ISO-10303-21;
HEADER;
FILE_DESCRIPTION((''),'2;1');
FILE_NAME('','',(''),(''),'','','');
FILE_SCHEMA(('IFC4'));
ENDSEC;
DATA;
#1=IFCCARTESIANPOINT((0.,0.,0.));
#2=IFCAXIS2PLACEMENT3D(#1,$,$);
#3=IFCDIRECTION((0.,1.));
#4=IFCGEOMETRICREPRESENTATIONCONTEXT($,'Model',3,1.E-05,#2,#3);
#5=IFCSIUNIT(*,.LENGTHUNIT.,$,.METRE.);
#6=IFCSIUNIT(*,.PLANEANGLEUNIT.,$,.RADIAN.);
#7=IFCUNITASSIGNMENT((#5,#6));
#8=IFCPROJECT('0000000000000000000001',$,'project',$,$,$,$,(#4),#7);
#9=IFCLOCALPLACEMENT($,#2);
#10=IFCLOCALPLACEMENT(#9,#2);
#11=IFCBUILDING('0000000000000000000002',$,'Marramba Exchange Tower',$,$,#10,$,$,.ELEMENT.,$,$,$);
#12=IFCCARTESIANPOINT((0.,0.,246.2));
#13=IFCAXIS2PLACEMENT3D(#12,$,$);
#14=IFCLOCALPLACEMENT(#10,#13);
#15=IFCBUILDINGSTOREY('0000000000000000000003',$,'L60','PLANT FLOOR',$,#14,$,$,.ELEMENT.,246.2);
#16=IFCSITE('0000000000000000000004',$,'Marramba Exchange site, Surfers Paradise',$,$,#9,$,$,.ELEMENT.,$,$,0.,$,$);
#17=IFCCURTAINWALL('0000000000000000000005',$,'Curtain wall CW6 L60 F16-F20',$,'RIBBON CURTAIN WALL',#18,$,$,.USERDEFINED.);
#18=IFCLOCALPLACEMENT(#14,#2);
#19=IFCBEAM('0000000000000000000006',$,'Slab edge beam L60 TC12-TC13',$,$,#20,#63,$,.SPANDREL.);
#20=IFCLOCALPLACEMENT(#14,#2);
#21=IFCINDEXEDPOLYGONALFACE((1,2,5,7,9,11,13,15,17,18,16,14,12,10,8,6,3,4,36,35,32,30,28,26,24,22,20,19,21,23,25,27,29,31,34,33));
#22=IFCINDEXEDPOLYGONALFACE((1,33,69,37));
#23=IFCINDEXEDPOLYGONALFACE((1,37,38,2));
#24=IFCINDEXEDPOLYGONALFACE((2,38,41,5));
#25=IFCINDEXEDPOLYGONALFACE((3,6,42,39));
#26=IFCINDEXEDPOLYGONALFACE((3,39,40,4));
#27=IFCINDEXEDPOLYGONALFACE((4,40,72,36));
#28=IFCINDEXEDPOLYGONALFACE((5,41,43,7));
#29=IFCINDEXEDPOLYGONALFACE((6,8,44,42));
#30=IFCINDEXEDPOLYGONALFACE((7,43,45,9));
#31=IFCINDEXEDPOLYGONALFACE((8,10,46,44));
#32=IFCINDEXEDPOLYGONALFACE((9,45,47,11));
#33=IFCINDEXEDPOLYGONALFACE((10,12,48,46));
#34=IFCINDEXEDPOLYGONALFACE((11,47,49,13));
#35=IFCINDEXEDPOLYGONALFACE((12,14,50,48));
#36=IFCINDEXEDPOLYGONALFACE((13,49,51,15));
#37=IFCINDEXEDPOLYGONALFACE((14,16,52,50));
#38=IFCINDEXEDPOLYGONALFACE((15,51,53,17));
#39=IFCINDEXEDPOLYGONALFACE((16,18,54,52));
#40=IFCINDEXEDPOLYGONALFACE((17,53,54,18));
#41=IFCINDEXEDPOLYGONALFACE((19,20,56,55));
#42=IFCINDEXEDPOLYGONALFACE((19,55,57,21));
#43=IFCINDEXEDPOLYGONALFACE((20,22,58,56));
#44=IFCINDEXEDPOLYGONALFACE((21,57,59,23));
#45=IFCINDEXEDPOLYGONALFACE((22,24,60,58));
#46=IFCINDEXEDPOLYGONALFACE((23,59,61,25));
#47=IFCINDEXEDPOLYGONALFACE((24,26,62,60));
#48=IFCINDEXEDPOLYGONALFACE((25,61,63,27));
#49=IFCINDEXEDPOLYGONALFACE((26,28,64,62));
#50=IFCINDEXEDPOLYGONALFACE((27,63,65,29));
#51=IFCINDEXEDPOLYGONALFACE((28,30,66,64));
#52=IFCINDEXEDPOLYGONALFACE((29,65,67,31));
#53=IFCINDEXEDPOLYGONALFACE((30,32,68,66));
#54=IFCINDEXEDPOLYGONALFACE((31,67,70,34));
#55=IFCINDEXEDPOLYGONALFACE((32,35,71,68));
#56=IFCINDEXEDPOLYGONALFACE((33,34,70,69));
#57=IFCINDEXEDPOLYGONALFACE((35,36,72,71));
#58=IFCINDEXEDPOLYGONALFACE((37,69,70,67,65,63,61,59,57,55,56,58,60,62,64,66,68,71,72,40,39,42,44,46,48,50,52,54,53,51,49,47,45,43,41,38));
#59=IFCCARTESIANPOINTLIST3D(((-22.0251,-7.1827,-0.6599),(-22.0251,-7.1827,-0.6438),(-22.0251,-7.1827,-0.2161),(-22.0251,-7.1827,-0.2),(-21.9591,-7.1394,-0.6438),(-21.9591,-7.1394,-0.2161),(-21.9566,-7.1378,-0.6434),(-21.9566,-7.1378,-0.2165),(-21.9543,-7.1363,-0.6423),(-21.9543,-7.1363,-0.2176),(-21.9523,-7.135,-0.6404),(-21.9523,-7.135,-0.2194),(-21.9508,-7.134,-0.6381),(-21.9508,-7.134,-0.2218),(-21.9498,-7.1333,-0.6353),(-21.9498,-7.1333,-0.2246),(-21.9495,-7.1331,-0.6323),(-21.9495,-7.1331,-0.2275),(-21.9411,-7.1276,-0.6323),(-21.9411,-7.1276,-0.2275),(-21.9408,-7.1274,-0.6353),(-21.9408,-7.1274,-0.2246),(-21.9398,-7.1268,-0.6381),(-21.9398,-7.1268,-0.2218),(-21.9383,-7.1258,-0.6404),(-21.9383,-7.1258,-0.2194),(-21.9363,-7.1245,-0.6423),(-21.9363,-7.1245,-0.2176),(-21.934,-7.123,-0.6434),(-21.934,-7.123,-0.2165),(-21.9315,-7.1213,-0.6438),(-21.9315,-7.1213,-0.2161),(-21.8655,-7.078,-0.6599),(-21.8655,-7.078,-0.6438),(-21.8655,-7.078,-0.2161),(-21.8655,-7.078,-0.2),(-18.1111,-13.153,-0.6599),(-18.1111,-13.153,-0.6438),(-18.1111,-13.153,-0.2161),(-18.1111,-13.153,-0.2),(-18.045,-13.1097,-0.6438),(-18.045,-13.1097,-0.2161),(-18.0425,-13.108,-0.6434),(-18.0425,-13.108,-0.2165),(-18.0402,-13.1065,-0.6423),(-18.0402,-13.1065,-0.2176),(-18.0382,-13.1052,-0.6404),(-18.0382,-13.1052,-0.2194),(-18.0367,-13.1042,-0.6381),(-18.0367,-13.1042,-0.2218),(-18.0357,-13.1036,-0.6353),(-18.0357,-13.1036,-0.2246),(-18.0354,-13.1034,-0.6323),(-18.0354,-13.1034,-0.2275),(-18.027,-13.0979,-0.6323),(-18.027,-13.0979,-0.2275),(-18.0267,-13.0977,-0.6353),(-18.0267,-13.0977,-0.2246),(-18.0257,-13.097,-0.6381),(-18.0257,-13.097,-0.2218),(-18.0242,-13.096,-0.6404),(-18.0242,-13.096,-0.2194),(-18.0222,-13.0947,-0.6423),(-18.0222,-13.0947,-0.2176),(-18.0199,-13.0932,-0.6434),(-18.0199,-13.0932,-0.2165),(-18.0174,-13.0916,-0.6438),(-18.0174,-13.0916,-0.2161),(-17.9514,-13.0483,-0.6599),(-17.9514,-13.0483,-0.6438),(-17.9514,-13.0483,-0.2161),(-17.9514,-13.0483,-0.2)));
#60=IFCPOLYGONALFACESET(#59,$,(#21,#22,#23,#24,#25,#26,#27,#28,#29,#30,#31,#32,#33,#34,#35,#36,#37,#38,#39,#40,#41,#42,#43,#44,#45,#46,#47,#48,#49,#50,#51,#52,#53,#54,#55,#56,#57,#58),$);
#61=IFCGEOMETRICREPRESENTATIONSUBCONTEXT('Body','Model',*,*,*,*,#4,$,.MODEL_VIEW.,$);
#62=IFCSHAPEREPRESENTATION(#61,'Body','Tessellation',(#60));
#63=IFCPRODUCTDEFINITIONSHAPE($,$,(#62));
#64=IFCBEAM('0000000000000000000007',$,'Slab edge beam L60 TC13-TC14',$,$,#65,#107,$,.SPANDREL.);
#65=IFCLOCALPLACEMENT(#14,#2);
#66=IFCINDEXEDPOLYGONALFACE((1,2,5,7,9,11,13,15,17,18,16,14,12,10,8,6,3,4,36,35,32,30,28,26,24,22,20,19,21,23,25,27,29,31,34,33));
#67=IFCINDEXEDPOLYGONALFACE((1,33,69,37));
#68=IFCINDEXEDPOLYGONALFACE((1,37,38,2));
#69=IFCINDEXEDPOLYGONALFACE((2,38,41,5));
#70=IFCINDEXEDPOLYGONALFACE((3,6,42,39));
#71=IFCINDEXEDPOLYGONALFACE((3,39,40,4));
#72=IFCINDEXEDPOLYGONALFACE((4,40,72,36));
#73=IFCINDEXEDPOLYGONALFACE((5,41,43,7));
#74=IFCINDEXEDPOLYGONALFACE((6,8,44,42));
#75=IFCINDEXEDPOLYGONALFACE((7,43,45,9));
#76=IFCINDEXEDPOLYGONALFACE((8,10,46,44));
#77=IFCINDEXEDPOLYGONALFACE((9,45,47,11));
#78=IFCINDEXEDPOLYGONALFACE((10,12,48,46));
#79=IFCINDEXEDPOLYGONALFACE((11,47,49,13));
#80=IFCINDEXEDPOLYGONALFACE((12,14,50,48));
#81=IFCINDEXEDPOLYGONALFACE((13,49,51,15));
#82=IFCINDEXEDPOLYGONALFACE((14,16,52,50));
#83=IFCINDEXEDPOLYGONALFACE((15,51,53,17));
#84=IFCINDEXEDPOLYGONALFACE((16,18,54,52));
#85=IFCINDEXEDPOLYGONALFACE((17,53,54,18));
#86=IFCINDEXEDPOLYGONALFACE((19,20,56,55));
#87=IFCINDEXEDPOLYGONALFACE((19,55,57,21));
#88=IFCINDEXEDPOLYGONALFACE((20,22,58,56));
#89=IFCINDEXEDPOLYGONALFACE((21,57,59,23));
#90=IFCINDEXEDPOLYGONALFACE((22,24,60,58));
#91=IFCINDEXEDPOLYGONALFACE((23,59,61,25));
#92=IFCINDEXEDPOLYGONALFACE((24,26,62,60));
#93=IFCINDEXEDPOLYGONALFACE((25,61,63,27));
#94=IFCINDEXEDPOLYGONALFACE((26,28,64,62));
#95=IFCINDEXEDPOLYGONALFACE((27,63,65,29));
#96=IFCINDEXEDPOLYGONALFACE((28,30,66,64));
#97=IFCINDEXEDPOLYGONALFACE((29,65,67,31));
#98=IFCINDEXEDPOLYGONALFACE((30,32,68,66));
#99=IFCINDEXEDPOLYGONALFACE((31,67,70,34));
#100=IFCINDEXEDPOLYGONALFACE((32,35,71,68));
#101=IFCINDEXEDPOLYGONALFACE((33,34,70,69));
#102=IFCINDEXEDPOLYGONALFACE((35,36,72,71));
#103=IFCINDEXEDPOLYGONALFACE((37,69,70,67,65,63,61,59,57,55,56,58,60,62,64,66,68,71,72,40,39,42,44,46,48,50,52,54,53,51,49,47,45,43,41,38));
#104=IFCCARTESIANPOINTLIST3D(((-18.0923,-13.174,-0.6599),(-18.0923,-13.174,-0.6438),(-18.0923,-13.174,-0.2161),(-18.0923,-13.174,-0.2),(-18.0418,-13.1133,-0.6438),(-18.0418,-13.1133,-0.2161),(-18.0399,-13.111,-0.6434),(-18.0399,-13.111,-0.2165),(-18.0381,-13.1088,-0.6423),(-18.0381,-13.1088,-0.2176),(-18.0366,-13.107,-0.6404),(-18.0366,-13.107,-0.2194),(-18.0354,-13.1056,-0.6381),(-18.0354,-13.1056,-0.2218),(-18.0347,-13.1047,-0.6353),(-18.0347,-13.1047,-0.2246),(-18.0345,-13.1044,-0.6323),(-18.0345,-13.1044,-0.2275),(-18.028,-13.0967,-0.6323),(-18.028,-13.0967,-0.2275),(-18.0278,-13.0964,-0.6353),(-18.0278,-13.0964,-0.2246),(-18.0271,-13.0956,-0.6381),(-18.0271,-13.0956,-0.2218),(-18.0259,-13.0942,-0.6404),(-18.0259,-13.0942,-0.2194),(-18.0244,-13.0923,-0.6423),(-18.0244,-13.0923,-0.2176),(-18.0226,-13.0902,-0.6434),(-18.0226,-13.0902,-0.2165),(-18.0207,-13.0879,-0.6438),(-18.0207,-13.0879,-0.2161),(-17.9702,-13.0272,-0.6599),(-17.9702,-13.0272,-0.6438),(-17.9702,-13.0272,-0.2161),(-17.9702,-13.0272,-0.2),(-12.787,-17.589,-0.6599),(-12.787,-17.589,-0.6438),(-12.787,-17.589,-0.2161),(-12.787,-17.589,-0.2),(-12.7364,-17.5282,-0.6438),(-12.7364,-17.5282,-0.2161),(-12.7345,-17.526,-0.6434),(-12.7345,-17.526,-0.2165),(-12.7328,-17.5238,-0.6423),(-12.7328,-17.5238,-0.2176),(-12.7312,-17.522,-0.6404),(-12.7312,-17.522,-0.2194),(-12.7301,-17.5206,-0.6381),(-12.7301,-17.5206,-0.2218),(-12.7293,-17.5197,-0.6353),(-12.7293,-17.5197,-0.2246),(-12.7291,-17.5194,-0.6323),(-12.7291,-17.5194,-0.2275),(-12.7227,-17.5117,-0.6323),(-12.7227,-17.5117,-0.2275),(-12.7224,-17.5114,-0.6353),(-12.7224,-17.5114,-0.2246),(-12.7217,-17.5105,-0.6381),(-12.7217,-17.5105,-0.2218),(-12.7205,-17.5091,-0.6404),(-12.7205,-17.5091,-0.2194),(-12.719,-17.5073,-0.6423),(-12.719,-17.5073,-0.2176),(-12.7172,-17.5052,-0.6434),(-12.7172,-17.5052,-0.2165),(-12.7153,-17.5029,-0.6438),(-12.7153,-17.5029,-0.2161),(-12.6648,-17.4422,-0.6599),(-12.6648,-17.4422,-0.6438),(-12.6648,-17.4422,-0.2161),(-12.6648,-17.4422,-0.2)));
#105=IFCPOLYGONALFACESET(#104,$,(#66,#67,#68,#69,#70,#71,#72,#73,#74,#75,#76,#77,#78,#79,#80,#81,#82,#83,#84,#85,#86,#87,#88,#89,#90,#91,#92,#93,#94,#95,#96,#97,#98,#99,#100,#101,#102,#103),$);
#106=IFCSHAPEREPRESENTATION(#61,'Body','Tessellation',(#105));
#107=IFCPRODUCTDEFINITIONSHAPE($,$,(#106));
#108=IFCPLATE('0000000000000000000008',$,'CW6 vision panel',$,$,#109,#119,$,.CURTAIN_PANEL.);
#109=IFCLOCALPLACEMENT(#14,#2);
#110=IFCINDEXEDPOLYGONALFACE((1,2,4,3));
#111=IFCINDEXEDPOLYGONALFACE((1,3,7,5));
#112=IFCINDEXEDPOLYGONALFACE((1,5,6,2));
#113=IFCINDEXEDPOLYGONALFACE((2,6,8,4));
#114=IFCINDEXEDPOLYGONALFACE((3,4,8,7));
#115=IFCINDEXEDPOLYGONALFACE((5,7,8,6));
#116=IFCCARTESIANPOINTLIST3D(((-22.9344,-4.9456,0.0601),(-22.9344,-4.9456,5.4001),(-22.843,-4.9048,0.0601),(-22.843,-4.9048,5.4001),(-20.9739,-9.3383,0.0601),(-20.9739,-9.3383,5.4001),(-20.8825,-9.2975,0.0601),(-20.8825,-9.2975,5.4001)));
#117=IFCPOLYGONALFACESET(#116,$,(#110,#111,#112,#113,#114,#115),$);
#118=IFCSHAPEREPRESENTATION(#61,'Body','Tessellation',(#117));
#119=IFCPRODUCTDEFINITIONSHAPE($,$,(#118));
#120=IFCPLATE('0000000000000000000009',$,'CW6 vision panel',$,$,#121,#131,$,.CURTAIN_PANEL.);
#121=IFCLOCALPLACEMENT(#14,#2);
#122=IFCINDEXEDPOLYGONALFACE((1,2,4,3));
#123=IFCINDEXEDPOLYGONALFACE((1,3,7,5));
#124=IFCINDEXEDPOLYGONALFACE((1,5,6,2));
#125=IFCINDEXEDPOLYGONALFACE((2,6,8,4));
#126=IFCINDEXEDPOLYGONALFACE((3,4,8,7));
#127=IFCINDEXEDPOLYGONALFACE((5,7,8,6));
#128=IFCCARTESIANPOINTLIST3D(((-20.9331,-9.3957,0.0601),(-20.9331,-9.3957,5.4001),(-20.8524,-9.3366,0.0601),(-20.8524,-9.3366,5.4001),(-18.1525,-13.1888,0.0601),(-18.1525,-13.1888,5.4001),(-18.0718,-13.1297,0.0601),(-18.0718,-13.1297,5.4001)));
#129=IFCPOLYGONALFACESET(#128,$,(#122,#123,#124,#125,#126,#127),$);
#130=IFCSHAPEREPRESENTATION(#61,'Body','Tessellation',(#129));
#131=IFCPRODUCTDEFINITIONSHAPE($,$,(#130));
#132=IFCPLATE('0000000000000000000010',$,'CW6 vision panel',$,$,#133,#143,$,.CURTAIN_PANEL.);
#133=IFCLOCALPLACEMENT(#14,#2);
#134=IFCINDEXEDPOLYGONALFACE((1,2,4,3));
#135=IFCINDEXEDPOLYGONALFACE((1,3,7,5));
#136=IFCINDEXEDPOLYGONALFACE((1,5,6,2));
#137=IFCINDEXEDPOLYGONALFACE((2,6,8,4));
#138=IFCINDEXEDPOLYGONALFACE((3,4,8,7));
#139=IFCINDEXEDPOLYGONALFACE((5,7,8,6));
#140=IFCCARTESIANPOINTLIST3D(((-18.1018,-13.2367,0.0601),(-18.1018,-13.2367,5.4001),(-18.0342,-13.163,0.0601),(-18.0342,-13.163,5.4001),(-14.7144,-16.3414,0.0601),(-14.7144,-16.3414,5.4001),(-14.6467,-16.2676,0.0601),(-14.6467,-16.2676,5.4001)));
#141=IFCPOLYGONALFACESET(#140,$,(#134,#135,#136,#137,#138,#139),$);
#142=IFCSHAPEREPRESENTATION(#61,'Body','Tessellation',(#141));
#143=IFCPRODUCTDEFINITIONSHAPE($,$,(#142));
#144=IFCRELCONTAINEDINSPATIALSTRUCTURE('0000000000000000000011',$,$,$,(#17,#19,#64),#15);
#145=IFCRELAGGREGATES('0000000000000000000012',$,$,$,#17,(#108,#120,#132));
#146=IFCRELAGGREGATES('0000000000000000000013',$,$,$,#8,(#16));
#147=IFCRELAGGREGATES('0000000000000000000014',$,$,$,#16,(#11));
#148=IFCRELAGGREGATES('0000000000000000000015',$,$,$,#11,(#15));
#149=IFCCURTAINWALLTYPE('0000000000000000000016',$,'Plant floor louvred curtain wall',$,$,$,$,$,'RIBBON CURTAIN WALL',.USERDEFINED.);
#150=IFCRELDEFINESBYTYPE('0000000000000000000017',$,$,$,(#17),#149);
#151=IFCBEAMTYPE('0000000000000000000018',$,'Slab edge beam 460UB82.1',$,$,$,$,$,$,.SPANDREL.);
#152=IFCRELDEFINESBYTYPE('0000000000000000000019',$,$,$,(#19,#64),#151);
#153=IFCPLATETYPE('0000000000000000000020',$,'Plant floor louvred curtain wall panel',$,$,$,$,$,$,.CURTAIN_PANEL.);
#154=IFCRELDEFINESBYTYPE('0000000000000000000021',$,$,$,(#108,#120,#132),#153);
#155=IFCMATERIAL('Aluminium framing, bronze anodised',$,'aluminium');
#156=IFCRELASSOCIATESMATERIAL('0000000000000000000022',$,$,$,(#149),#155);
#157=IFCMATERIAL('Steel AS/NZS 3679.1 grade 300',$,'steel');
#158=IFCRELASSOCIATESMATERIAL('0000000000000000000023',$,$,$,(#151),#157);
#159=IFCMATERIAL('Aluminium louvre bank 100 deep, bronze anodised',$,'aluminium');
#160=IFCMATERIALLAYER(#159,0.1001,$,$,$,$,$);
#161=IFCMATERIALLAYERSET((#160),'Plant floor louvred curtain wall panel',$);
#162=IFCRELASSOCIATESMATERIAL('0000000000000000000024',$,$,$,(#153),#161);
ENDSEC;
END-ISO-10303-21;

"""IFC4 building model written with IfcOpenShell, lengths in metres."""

from ifc_helpers import new_model, si_unit, direction, frame, origin, origin_2d, place, context, subcontext, project, spatial, rectangle, i_section, extrude, material, layer, layer_set, material_profile, profile_set, type_object, element, aggregate, save


model = new_model("IFC4")

# Units and contexts
model_context = context("Model", 3, precision=1e-05, world=origin(), true_north=direction((0.0, 1.0)))
body_context = subcontext(model_context, "Body", "Model", "MODEL_VIEW")
ifc_project = project(units=[si_unit("LENGTHUNIT", "METRE"), si_unit("PLANEANGLEUNIT", "RADIAN")], contexts=[model_context])

# Site, building, storey
site_placement = place(None, origin())
site = spatial("IfcSite", under=ifc_project, at=site_placement, Name="Marramba Exchange site, Surfers Paradise", CompositionType="ELEMENT", RefElevation=0.0)
building_placement = place(site_placement, origin())
building = spatial("IfcBuilding", under=site, at=building_placement, Name="Marramba Exchange Tower", CompositionType="ELEMENT")
storey_placement = place(building_placement, frame((0.0, 0.0, 246.2)))
storey = spatial("IfcBuildingStorey", under=building, at=storey_placement, Name="L60", Description="PLANT FLOOR", CompositionType="ELEMENT", Elevation=246.2)

# Curtain wall
ifc_material_1 = material(Name="Aluminium framing, bronze anodised", Category="aluminium")
curtain_wall_type = type_object("IfcCurtainWallType", Name="Plant floor louvred curtain wall", ElementType="RIBBON CURTAIN WALL", PredefinedType="USERDEFINED", material=ifc_material_1)
curtain_wall_placement = place(storey_placement, origin())
curtain_wall = element("IfcCurtainWall", 1, at=curtain_wall_placement, inside=storey, type_object=curtain_wall_type, Name="Curtain wall CW6 L60 F16-F20", ObjectType="RIBBON CURTAIN WALL", PredefinedType="USERDEFINED")

# Beams
ifc_material_2 = material(Name="Steel AS/NZS 3679.1 grade 300", Category="steel")
ifc_material_profile_1 = material_profile(ifc_material_2, i_section(OverallWidth=0.1909, OverallDepth=0.46, WebThickness=0.01, FlangeThickness=0.0161, FilletRadius=0.0115, at=origin_2d()), Name="460UB82.1")
ifc_profile_set_1 = profile_set([ifc_material_profile_1], Name="Steel AS/NZS 3679.1 grade 300")
beam_type_1 = type_object("IfcBeamType", Name="Slab edge beam 460UB82.1", PredefinedType="SPANDREL", material=ifc_profile_set_1)
beam_1_placement = place(storey_placement, frame((-21.9453, -7.1304, -0.4299), z_axis=(0.548275, -0.836298, 0.0), x_axis=(0.836298, 0.548275, 0.0)))
element("IfcBeam", 2, at=beam_1_placement, inside=storey, type_object=beam_type_1, Name="Slab edge beam L60 TC12-TC13", PredefinedType="SPANDREL", context=body_context, shape_type="SweptSolid", body=[
    extrude(i_section(OverallWidth=0.1909, OverallDepth=0.46, WebThickness=0.01, FlangeThickness=0.0161, FilletRadius=0.0115, at=origin_2d()), origin(), (0.0, 0.0, 1.0), 7.1389),
])
beam_2_placement = place(storey_placement, frame((-18.0312, -13.1006, -0.4299), z_axis=(0.768659, -0.639659, 0.0), x_axis=(0.639659, 0.768659, 0.0)))
element("IfcBeam", 3, at=beam_2_placement, inside=storey, type_object=beam_type_1, Name="Slab edge beam L60 TC13-TC14", PredefinedType="SPANDREL", context=body_context, shape_type="SweptSolid", body=[
    extrude(i_section(OverallWidth=0.1909, OverallDepth=0.46, WebThickness=0.01, FlangeThickness=0.0161, FilletRadius=0.0115, at=origin_2d()), origin(), (0.0, 0.0, 1.0), 6.9021),
])

# Plates
ifc_material_3 = material(Name="Aluminium louvre bank 100 deep, bronze anodised", Category="aluminium")
ifc_layer_1 = layer(ifc_material_3, 0.1001)
ifc_layer_set_1 = layer_set([ifc_layer_1], Name="Plant floor louvred curtain wall panel")
plate_type = type_object("IfcPlateType", Name="Plant floor louvred curtain wall panel", PredefinedType="CURTAIN_PANEL", material=ifc_layer_set_1)
plate_1_placement = place(storey_placement, frame((-21.9084, -7.1216, 0.0601), z_axis=(0.0, 0.0, 1.0), x_axis=(0.407558, -0.91318, 0.0)))
plate_1 = element("IfcPlate", 4, at=plate_1_placement, type_object=plate_type, Name="CW6 vision panel", PredefinedType="CURTAIN_PANEL", context=body_context, shape_type="SweptSolid", body=[
    extrude(rectangle(XDim=4.8103, YDim=0.1001, at=origin_2d()), origin(), (0.0, 0.0, 1.0), 5.3401),
])
plate_2_placement = place(storey_placement, frame((-19.5024, -11.2627, 0.0601), z_axis=(0.0, 0.0, 1.0), x_axis=(0.591223, -0.806508, 0.0)))
plate_2 = element("IfcPlate", 5, at=plate_2_placement, type_object=plate_type, Name="CW6 vision panel", PredefinedType="CURTAIN_PANEL", context=body_context, shape_type="SweptSolid", body=[
    extrude(rectangle(XDim=4.7031, YDim=0.1001, at=origin_2d()), origin(), (0.0, 0.0, 1.0), 5.3401),
])
plate_3_placement = place(storey_placement, frame((-16.3743, -14.7522, 0.0601), z_axis=(0.0, 0.0, 1.0), x_axis=(0.737203, -0.675671, 0.0)))
plate_3 = element("IfcPlate", 6, at=plate_3_placement, type_object=plate_type, Name="CW6 vision panel", PredefinedType="CURTAIN_PANEL", context=body_context, shape_type="SweptSolid", body=[
    extrude(rectangle(XDim=4.595, YDim=0.1001, at=origin_2d()), origin(), (0.0, 0.0, 1.0), 5.3401),
])
aggregate(curtain_wall, [plate_1, plate_2, plate_3])

save(model, "model.ifc")
